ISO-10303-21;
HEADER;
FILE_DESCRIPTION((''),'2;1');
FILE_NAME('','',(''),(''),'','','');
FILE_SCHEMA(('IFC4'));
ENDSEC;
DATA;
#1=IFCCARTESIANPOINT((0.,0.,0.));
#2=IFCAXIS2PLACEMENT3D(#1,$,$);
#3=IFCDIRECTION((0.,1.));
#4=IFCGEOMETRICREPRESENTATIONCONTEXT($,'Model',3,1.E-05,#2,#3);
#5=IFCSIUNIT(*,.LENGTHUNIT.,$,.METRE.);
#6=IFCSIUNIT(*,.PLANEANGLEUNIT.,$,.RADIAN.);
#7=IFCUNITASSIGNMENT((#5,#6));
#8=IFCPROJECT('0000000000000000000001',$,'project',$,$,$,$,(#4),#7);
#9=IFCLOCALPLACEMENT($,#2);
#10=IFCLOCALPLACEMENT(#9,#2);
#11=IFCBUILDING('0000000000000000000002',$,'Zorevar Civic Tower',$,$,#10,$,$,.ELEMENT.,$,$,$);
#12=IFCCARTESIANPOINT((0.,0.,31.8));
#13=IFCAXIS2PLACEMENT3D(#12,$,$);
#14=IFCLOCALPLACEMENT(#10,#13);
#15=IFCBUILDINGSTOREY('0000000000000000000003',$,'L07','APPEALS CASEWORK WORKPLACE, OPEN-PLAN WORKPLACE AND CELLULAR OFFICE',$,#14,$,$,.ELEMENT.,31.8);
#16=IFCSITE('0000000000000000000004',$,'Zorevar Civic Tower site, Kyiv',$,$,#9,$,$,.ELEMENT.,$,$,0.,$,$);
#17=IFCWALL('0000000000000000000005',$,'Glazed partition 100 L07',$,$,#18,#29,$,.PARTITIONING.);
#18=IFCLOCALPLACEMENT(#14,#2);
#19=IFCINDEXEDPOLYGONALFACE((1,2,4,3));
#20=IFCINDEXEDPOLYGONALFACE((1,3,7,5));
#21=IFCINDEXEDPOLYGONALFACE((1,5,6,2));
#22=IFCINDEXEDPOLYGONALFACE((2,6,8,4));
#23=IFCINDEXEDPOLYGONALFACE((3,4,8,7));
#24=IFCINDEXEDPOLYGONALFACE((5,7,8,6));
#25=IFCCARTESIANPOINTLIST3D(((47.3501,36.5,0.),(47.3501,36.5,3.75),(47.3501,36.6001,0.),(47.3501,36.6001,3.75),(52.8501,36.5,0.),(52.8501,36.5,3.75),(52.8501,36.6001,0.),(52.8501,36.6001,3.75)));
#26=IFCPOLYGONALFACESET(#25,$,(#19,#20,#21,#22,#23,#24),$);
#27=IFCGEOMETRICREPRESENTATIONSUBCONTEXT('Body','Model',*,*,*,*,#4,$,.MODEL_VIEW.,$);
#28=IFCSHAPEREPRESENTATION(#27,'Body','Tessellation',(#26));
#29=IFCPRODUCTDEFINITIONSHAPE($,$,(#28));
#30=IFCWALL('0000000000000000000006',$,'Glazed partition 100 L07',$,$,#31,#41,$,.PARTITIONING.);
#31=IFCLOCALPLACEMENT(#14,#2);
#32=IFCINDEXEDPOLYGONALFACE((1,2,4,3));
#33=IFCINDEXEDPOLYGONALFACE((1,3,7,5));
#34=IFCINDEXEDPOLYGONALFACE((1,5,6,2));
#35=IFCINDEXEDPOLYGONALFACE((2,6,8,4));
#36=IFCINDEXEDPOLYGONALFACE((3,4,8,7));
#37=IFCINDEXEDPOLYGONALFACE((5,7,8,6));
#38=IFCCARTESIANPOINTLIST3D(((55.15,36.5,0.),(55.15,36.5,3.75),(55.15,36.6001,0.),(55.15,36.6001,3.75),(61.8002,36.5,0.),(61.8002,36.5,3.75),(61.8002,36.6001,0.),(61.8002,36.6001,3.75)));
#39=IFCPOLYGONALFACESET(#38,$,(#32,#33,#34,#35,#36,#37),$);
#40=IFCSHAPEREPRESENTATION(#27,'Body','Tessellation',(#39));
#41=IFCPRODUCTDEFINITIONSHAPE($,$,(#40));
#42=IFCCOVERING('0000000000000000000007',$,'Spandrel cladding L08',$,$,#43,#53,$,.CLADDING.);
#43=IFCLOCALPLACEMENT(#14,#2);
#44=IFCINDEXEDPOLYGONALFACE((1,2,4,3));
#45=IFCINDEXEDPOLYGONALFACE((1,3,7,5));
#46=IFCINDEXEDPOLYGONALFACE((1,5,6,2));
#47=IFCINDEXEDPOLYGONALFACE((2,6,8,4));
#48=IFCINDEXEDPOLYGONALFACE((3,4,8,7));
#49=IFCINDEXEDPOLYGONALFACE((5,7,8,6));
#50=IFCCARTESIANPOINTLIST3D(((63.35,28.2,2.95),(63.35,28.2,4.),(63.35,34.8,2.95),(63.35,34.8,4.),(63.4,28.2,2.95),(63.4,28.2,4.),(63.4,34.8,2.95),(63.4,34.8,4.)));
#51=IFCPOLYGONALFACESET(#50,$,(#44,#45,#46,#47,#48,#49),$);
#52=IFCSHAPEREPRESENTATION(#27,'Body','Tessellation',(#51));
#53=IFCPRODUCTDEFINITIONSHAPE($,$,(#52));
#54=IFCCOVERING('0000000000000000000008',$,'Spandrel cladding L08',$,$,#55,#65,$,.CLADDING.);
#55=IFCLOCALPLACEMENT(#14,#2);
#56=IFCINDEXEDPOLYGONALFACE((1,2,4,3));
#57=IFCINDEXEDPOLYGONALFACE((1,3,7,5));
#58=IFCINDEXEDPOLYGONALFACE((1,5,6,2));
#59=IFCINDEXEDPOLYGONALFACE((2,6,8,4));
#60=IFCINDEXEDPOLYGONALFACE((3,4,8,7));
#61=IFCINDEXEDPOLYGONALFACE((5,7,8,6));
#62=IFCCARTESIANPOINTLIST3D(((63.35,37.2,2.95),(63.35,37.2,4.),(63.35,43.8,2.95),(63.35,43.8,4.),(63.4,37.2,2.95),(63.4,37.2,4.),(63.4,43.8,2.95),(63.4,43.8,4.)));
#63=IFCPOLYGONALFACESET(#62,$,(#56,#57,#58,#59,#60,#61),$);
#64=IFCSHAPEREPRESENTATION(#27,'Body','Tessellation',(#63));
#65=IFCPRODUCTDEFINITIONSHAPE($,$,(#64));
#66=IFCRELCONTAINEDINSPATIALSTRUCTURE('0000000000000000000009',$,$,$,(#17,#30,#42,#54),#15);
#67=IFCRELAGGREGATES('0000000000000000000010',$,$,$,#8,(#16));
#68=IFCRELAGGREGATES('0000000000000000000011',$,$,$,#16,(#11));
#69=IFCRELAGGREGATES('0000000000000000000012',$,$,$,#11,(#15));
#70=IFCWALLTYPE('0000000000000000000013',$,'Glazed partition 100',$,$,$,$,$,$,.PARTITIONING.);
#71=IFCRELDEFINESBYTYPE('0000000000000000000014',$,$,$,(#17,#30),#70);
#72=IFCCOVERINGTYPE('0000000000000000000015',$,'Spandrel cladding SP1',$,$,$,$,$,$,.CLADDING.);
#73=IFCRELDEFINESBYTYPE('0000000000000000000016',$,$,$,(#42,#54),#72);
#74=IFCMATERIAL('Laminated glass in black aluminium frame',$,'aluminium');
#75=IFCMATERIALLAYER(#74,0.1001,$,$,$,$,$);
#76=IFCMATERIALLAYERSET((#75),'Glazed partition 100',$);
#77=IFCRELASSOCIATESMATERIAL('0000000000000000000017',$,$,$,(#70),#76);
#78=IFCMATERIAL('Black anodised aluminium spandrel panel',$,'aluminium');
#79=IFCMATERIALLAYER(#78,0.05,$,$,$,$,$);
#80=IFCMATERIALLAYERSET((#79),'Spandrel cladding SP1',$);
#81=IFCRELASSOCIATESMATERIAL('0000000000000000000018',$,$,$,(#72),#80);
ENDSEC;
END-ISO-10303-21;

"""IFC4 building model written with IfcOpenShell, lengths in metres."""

from ifc_helpers import new_model, si_unit, direction, frame, frame_2d, origin, place, context, subcontext, project, spatial, rectangle, extrude, material, layer, layer_set, type_object, element, save


model = new_model("IFC4")

# Units and contexts
model_context = context("Model", 3, precision=1e-05, world=origin(), true_north=direction((0.0, 1.0)))
body_context = subcontext(model_context, "Body", "Model", "MODEL_VIEW")
ifc_project = project(units=[si_unit("LENGTHUNIT", "METRE"), si_unit("PLANEANGLEUNIT", "RADIAN")], contexts=[model_context])

# Site, building, storey
site_placement = place(None, origin())
site = spatial("IfcSite", under=ifc_project, at=site_placement, Name="Zorevar Civic Tower site, Kyiv", CompositionType="ELEMENT", RefElevation=0.0)
building_placement = place(site_placement, origin())
building = spatial("IfcBuilding", under=site, at=building_placement, Name="Zorevar Civic Tower", CompositionType="ELEMENT")
storey_placement = place(building_placement, frame((0.0, 0.0, 31.8)))
storey = spatial("IfcBuildingStorey", under=building, at=storey_placement, Name="L07", Description="APPEALS CASEWORK WORKPLACE, OPEN-PLAN WORKPLACE AND CELLULAR OFFICE", CompositionType="ELEMENT", Elevation=31.8)

# Walls
ifc_material_1 = material(Name="Laminated glass in black aluminium frame", Category="aluminium")
ifc_layer_1 = layer(ifc_material_1, 0.1001)
ifc_layer_set_1 = layer_set([ifc_layer_1], Name="Glazed partition 100")
wall_type_1 = type_object("IfcWallType", Name="Glazed partition 100", PredefinedType="PARTITIONING", material=ifc_layer_set_1)
wall_1_placement = place(storey_placement, frame((47.3501, 36.55, 0.0), z_axis=(0.0, 0.0, 1.0), x_axis=(1.0, 0.0, 0.0)))
element("IfcWall", 1, at=wall_1_placement, inside=storey, type_object=wall_type_1, Name="Glazed partition 100 L07", PredefinedType="PARTITIONING", context=body_context, shape_type="SweptSolid", body=[
    extrude(rectangle(XDim=5.5, YDim=0.1001, at=frame_2d((2.75, 0.0))), origin(), (0.0, 0.0, 1.0), 3.75),
])
wall_2_placement = place(storey_placement, frame((55.1499, 36.55, 0.0), z_axis=(0.0, 0.0, 1.0), x_axis=(1.0, 0.0, 0.0)))
element("IfcWall", 2, at=wall_2_placement, inside=storey, type_object=wall_type_1, Name="Glazed partition 100 L07", PredefinedType="PARTITIONING", context=body_context, shape_type="SweptSolid", body=[
    extrude(rectangle(XDim=6.6501, YDim=0.1001, at=frame_2d((3.3252, 0.0))), origin(), (0.0, 0.0, 1.0), 3.75),
])

# Coverings
ifc_material_2 = material(Name="Black anodised aluminium spandrel panel", Category="aluminium")
ifc_layer_2 = layer(ifc_material_2, 0.05)
ifc_layer_set_2 = layer_set([ifc_layer_2], Name="Spandrel cladding SP1")
covering_type = type_object("IfcCoveringType", Name="Spandrel cladding SP1", PredefinedType="CLADDING", material=ifc_layer_set_2)
for number, where, z_axis, x_axis, name in (
    (3, (63.375, 28.2, 2.95), (0.0, 0.0, 1.0), (0.0, 1.0, 0.0), "Spandrel cladding L08"),
    (4, (63.375, 37.2, 2.95), (0.0, 0.0, 1.0), (0.0, 1.0, 0.0), "Spandrel cladding L08"),
):
    element("IfcCovering", number, at=place(storey_placement, frame(where, z_axis=z_axis, x_axis=x_axis)), inside=storey, type_object=covering_type, Name=name, PredefinedType="CLADDING", context=body_context, shape_type="SweptSolid", body=[
        extrude(rectangle(XDim=6.6001, YDim=0.05, at=frame_2d((3.3, 0.0))), origin(), (0.0, 0.0, 1.0), 1.05),
    ])

save(model, "model.ifc")
